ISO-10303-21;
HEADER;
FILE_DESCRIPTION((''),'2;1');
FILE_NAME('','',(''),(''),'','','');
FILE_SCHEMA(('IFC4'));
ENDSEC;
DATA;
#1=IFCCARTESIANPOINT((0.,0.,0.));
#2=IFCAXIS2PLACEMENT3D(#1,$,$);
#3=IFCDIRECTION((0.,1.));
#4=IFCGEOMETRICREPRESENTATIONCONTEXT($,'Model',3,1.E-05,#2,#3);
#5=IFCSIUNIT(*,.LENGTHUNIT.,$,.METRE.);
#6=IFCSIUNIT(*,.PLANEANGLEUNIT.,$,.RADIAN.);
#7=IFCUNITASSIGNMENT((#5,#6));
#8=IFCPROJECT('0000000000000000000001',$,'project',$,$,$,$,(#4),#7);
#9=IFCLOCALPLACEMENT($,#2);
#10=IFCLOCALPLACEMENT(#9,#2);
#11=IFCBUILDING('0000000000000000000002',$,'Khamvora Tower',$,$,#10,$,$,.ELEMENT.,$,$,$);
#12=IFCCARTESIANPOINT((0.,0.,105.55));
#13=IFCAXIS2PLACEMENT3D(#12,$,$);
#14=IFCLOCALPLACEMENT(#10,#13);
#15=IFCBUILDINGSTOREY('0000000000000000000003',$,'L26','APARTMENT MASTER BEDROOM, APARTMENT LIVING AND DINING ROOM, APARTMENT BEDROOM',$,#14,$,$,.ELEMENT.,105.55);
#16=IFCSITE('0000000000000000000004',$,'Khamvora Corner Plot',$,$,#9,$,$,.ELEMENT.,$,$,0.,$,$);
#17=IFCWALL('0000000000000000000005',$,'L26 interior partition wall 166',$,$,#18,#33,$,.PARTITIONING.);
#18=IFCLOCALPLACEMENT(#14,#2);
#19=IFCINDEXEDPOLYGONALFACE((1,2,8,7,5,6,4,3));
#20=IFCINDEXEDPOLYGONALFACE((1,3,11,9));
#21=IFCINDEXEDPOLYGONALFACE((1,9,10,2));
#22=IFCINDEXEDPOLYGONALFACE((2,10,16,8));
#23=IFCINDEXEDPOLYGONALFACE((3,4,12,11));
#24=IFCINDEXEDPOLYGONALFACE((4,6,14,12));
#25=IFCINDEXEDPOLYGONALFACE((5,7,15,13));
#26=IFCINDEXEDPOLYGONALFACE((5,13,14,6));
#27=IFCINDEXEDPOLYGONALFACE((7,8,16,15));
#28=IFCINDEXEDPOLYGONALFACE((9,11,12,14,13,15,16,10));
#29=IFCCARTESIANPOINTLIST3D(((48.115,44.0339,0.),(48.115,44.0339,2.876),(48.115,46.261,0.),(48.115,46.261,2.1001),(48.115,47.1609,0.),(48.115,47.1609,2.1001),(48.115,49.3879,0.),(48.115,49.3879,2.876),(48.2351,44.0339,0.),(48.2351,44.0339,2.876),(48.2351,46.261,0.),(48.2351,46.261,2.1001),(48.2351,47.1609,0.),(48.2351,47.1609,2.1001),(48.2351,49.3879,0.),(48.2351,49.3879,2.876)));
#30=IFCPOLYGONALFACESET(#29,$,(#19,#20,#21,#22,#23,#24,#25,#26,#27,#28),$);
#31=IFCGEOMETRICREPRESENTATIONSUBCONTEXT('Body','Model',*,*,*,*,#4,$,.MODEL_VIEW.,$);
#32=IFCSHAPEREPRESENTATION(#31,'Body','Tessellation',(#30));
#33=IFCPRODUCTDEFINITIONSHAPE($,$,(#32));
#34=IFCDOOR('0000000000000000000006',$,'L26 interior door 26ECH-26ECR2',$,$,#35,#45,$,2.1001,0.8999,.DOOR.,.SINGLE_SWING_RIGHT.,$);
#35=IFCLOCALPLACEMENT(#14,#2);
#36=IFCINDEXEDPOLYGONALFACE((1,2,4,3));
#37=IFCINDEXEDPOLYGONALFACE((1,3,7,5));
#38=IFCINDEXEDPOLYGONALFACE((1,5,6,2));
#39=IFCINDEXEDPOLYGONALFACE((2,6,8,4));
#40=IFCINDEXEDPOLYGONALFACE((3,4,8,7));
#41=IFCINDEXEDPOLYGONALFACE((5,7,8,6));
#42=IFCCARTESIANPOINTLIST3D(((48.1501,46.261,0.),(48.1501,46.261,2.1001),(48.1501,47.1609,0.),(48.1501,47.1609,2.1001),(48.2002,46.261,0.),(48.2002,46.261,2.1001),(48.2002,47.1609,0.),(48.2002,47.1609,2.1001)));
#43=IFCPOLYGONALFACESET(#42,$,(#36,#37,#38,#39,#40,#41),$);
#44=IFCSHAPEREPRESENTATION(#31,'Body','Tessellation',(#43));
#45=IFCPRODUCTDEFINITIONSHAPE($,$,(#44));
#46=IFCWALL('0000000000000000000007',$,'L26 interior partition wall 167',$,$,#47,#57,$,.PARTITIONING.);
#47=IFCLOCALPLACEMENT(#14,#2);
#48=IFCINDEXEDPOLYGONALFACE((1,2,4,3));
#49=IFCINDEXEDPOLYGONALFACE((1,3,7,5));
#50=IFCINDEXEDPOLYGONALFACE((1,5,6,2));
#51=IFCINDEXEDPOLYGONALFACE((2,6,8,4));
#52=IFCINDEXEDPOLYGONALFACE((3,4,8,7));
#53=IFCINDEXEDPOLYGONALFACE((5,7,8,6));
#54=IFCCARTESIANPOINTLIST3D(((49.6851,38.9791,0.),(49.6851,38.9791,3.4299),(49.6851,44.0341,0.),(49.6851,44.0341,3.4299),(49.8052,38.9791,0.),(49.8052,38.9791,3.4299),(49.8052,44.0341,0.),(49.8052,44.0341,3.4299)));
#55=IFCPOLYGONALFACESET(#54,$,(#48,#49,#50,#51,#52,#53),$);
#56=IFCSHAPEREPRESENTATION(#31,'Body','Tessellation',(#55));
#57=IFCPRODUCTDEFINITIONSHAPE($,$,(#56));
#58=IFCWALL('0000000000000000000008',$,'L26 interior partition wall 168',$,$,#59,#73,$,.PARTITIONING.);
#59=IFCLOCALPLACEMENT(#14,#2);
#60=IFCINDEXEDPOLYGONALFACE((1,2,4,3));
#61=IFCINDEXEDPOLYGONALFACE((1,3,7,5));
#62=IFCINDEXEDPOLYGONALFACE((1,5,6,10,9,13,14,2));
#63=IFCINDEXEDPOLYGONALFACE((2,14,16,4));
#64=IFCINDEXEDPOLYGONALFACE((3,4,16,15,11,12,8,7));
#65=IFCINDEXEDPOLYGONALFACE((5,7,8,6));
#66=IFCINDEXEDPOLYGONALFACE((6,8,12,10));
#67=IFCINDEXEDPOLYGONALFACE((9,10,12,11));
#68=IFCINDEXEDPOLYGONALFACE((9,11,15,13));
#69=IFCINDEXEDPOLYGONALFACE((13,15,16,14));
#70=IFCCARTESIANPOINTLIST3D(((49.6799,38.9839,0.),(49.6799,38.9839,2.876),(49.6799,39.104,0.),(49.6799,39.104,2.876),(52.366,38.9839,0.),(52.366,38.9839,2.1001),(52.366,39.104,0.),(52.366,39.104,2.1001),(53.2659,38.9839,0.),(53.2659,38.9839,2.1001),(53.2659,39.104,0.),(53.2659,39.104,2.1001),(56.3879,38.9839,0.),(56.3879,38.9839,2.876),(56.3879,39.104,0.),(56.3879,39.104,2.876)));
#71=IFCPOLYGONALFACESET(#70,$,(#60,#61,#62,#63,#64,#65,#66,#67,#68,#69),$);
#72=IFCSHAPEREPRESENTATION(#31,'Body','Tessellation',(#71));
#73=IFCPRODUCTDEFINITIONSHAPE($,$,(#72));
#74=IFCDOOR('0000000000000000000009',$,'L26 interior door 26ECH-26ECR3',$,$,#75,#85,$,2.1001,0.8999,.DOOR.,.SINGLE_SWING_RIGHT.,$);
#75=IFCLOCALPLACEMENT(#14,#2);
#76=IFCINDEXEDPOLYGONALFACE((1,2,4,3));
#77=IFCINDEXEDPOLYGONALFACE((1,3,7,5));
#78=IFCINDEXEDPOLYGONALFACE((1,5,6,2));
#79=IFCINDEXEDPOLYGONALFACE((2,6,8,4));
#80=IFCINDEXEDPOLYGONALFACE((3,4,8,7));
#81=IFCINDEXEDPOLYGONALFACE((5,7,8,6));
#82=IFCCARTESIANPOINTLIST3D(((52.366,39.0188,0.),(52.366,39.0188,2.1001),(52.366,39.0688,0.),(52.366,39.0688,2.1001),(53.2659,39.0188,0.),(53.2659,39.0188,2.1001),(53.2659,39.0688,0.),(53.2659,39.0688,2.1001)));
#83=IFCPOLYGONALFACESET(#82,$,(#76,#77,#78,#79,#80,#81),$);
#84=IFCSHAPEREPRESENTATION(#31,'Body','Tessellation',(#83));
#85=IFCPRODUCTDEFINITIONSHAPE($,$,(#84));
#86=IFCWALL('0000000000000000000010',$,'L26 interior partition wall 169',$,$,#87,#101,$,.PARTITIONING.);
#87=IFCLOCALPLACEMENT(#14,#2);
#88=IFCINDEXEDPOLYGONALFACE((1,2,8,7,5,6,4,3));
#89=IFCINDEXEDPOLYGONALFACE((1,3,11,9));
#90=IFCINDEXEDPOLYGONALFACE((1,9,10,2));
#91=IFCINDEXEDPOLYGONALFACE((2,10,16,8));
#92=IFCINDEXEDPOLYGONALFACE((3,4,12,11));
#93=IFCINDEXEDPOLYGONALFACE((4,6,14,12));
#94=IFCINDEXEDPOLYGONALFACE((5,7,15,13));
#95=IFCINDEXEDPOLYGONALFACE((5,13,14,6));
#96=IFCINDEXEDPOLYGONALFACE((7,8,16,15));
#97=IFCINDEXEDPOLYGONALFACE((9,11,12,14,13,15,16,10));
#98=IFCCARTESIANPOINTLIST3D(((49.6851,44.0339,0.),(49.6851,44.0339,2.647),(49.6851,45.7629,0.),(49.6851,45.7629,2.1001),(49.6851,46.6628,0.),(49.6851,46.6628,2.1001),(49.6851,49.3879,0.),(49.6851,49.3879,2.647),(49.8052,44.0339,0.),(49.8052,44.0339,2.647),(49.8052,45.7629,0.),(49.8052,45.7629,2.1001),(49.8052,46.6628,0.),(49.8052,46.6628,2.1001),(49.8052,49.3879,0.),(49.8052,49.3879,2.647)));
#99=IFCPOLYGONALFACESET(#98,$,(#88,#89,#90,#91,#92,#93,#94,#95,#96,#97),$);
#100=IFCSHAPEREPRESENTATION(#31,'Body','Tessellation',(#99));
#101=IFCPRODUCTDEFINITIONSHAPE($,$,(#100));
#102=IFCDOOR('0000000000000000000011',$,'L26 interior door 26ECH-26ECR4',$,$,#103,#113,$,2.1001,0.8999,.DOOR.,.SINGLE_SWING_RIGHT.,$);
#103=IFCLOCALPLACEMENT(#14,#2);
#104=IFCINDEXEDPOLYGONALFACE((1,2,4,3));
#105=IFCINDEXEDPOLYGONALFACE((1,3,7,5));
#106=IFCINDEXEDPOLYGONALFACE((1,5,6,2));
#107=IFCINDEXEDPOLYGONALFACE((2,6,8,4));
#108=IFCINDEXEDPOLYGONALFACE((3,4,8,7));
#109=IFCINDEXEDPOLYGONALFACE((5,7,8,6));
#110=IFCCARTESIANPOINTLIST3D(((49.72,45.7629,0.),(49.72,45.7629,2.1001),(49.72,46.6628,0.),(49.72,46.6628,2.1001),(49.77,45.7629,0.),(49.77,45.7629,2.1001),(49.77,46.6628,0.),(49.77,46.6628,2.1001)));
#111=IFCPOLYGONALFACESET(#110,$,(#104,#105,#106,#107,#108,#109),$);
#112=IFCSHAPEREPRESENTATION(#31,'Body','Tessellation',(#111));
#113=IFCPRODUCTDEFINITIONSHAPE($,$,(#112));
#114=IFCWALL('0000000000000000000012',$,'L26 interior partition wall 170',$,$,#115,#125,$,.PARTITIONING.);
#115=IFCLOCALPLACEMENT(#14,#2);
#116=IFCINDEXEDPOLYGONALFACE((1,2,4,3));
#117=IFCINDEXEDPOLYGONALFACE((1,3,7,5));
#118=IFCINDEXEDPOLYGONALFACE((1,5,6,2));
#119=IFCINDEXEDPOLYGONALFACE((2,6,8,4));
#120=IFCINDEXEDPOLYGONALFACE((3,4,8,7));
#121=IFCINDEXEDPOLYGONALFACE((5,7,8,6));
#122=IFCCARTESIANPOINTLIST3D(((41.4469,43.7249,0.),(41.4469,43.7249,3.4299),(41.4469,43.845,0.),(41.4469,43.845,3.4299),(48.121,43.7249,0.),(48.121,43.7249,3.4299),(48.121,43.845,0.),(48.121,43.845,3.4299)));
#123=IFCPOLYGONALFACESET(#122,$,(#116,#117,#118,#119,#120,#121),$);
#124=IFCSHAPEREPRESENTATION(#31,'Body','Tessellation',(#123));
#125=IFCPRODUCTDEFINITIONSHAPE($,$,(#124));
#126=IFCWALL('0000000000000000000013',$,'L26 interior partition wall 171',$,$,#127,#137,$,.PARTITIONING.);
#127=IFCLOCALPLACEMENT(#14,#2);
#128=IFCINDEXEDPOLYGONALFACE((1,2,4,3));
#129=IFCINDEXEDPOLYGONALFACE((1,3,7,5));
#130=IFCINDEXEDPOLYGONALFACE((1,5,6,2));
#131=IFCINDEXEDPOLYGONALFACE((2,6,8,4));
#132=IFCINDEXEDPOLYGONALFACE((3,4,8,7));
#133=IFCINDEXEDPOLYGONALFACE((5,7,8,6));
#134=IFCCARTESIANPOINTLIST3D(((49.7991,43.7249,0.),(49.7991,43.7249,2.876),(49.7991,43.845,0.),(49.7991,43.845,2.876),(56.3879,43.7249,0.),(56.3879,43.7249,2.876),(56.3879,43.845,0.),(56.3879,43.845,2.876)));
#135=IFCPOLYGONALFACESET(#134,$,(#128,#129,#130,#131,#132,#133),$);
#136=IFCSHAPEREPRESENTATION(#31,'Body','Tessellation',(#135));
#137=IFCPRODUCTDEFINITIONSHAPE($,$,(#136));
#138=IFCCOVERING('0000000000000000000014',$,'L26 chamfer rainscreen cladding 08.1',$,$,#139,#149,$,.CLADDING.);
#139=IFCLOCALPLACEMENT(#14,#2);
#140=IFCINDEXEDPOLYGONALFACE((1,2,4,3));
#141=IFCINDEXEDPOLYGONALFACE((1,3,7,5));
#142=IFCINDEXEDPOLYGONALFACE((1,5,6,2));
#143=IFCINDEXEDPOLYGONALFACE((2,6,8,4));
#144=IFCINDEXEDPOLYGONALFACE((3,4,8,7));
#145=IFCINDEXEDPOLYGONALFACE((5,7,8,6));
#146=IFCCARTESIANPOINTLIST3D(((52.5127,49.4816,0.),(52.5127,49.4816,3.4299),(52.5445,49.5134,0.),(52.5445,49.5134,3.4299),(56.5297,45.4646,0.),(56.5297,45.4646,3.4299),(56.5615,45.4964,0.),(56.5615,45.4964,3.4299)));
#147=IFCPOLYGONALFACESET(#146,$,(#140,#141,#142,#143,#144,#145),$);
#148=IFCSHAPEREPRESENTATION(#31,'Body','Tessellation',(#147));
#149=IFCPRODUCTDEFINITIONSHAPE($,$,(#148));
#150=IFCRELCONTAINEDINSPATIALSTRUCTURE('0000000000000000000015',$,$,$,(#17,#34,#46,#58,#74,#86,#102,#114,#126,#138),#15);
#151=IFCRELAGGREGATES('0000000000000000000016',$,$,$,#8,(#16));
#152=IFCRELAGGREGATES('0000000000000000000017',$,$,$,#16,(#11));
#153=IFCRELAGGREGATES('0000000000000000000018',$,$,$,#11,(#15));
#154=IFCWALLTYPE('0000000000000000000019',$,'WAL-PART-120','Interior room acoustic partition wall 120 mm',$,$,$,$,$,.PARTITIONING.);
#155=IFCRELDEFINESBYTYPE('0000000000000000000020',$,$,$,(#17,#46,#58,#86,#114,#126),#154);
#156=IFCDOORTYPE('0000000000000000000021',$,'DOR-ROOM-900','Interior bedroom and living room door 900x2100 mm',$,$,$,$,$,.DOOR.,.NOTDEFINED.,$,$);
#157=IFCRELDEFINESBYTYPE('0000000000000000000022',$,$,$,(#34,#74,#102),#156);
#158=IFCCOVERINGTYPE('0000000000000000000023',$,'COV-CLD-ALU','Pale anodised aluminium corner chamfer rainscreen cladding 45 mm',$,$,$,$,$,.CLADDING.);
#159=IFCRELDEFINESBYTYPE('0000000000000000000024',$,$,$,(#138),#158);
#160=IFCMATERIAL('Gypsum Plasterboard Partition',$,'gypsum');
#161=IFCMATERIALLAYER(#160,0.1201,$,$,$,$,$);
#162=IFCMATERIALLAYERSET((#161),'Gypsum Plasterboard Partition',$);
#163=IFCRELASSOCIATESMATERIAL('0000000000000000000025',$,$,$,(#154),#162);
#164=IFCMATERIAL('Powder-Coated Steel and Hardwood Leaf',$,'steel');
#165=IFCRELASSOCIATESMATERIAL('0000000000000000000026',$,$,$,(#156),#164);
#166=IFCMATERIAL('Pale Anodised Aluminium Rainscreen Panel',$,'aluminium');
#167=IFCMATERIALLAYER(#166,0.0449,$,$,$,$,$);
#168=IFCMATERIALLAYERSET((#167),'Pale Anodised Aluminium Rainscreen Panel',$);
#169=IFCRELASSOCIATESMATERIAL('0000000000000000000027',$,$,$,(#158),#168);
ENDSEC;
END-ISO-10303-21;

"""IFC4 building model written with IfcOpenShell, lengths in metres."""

from ifc_helpers import new_model, si_unit, direction, frame, frame_2d, origin, origin_2d, place, context, subcontext, project, spatial, rectangle, extrude, material, layer, layer_set, type_object, element, fill, save


model = new_model("IFC4")

# Units and contexts
model_context = context("Model", 3, precision=1e-05, world=origin(), true_north=direction((0.0, 1.0)))
body_context = subcontext(model_context, "Body", "Model", "MODEL_VIEW")
ifc_project = project(units=[si_unit("LENGTHUNIT", "METRE"), si_unit("PLANEANGLEUNIT", "RADIAN")], contexts=[model_context])

# Site, building, storey
site_placement = place(None, origin())
site = spatial("IfcSite", under=ifc_project, at=site_placement, Name="Khamvora Corner Plot", CompositionType="ELEMENT", RefElevation=0.0)
building_placement = place(site_placement, origin())
building = spatial("IfcBuilding", under=site, at=building_placement, Name="Khamvora Tower", CompositionType="ELEMENT")
storey_placement = place(building_placement, frame((0.0, 0.0, 105.55)))
storey = spatial("IfcBuildingStorey", under=building, at=storey_placement, Name="L26", Description="APARTMENT MASTER BEDROOM, APARTMENT LIVING AND DINING ROOM, APARTMENT BEDROOM", CompositionType="ELEMENT", Elevation=105.55)

# Shared definitions
ifc_material_1 = material(Name="Gypsum Plasterboard Partition", Category="gypsum")
ifc_layer_1 = layer(ifc_material_1, 0.1201)
ifc_layer_set_1 = layer_set([ifc_layer_1], Name="Gypsum Plasterboard Partition")
wall_type_1 = type_object("IfcWallType", Name="WAL-PART-120", Description="Interior room acoustic partition wall 120 mm", PredefinedType="PARTITIONING", material=ifc_layer_set_1)
ifc_material_2 = material(Name="Powder-Coated Steel and Hardwood Leaf", Category="steel")
door_type = type_object("IfcDoorType", Name="DOR-ROOM-900", Description="Interior bedroom and living room door 900x2100 mm", OperationType="NOTDEFINED", PredefinedType="DOOR", material=ifc_material_2)

# Wall, opening, door
wall_1_placement = place(storey_placement, frame((48.175, 44.0339, 0.0), z_axis=(0.0, 0.0, 1.0), x_axis=(0.0, 1.0, 0.0)))
wall_1 = element("IfcWall", 1, at=wall_1_placement, inside=storey, type_object=wall_type_1, Name="L26 interior partition wall 166", PredefinedType="PARTITIONING", context=body_context, shape_type="SweptSolid", body=[
    extrude(rectangle(XDim=5.354, YDim=0.1201, at=frame_2d((2.677, 0.0))), origin(), (0.0, 0.0, 1.0), 2.876),
])
opening_1_placement = place(wall_1_placement, frame((2.2271, 0.0, 0.0)))
opening_1 = element("IfcOpeningElement", 2, at=opening_1_placement, cuts=wall_1, PredefinedType="OPENING", context=body_context, shape_type="SweptSolid", body=[
    extrude(rectangle(XDim=0.8999, YDim=2.1001, at=frame_2d((0.45, 1.05))), frame((0.0, 0.0701, 0.0), z_axis=(0.0, -1.0, 0.0), x_axis=(1.0, 0.0, 0.0)), (0.0, 0.0, 1.0), 0.1401),
])
door_1_placement = place(opening_1_placement, origin())
door_1 = element("IfcDoor", 3, at=door_1_placement, inside=storey, type_object=door_type, Name="L26 interior door 26ECH-26ECR2", OperationType="SINGLE_SWING_RIGHT", OverallHeight=2.1001, OverallWidth=0.8999, PredefinedType="DOOR", context=body_context, shape_type="SweptSolid", body=[
    extrude(rectangle(XDim=0.8999, YDim=2.1001, at=frame_2d((0.45, 1.05))), frame((0.0, 0.0249, 0.0), z_axis=(0.0, -1.0, 0.0), x_axis=(1.0, 0.0, 0.0)), (0.0, 0.0, 1.0), 0.05),
])
fill(opening_1, door_1)

# Wall
wall_2_placement = place(storey_placement, frame((49.7451, 44.0339, 0.0), z_axis=(0.0, 0.0, 1.0), x_axis=(0.0, -1.0, 0.0)))
element("IfcWall", 4, at=wall_2_placement, inside=storey, type_object=wall_type_1, Name="L26 interior partition wall 167", PredefinedType="PARTITIONING", context=body_context, shape_type="SweptSolid", body=[
    extrude(rectangle(XDim=5.0549, YDim=0.1201, at=frame_2d((2.5273, 0.0))), origin(), (0.0, 0.0, 1.0), 3.4299),
])

# Walls, openings, doors
wall_3_placement = place(storey_placement, frame((49.6799, 39.0439, 0.0), z_axis=(0.0, 0.0, 1.0), x_axis=(1.0, 0.0, 0.0)))
wall_3 = element("IfcWall", 5, at=wall_3_placement, inside=storey, type_object=wall_type_1, Name="L26 interior partition wall 168", PredefinedType="PARTITIONING", context=body_context, shape_type="SweptSolid", body=[
    extrude(rectangle(XDim=6.708, YDim=0.1201, at=frame_2d((3.354, 0.0))), origin(), (0.0, 0.0, 1.0), 2.876),
])
opening_2_placement = place(wall_3_placement, frame((2.686, 0.0, 0.0)))
opening_2 = element("IfcOpeningElement", 6, at=opening_2_placement, cuts=wall_3, PredefinedType="OPENING", context=body_context, shape_type="SweptSolid", body=[
    extrude(rectangle(XDim=0.8999, YDim=2.1001, at=frame_2d((0.45, 1.05))), frame((0.0, 0.0701, 0.0), z_axis=(0.0, -1.0, 0.0), x_axis=(1.0, 0.0, 0.0)), (0.0, 0.0, 1.0), 0.1401),
])
door_2_placement = place(opening_2_placement, origin())
door_2 = element("IfcDoor", 7, at=door_2_placement, inside=storey, type_object=door_type, Name="L26 interior door 26ECH-26ECR3", OperationType="SINGLE_SWING_RIGHT", OverallHeight=2.1001, OverallWidth=0.8999, PredefinedType="DOOR", context=body_context, shape_type="SweptSolid", body=[
    extrude(rectangle(XDim=0.8999, YDim=2.1001, at=frame_2d((0.45, 1.05))), frame((0.0, 0.0249, 0.0), z_axis=(0.0, -1.0, 0.0), x_axis=(1.0, 0.0, 0.0)), (0.0, 0.0, 1.0), 0.05),
])
fill(opening_2, door_2)
wall_4_placement = place(storey_placement, frame((49.7451, 49.3879, 0.0), z_axis=(0.0, 0.0, 1.0), x_axis=(0.0, -1.0, 0.0)))
wall_4 = element("IfcWall", 8, at=wall_4_placement, inside=storey, type_object=wall_type_1, Name="L26 interior partition wall 169", PredefinedType="PARTITIONING", context=body_context, shape_type="SweptSolid", body=[
    extrude(rectangle(XDim=5.354, YDim=0.1201, at=frame_2d((2.677, 0.0))), origin(), (0.0, 0.0, 1.0), 2.647),
])
opening_3_placement = place(wall_4_placement, frame((2.7251, 0.0, 0.0)))
opening_3 = element("IfcOpeningElement", 9, at=opening_3_placement, cuts=wall_4, PredefinedType="OPENING", context=body_context, shape_type="SweptSolid", body=[
    extrude(rectangle(XDim=0.8999, YDim=2.1001, at=frame_2d((0.45, 1.05))), frame((0.0, 0.0701, 0.0), z_axis=(0.0, -1.0, 0.0), x_axis=(1.0, 0.0, 0.0)), (0.0, 0.0, 1.0), 0.1401),
])
door_3_placement = place(opening_3_placement, origin())
door_3 = element("IfcDoor", 10, at=door_3_placement, inside=storey, type_object=door_type, Name="L26 interior door 26ECH-26ECR4", OperationType="SINGLE_SWING_RIGHT", OverallHeight=2.1001, OverallWidth=0.8999, PredefinedType="DOOR", context=body_context, shape_type="SweptSolid", body=[
    extrude(rectangle(XDim=0.8999, YDim=2.1001, at=frame_2d((0.45, 1.05))), frame((0.0, 0.0249, 0.0), z_axis=(0.0, -1.0, 0.0), x_axis=(1.0, 0.0, 0.0)), (0.0, 0.0, 1.0), 0.05),
])
fill(opening_3, door_3)

# Walls
wall_5_placement = place(storey_placement, frame((41.447, 43.7849, 0.0), z_axis=(0.0, 0.0, 1.0), x_axis=(1.0, 0.0, 0.0)))
element("IfcWall", 11, at=wall_5_placement, inside=storey, type_object=wall_type_1, Name="L26 interior partition wall 170", PredefinedType="PARTITIONING", context=body_context, shape_type="SweptSolid", body=[
    extrude(rectangle(XDim=6.6741, YDim=0.1201, at=frame_2d((3.3369, 0.0))), origin(), (0.0, 0.0, 1.0), 3.4299),
])
wall_6_placement = place(storey_placement, frame((49.7991, 43.7849, 0.0), z_axis=(0.0, 0.0, 1.0), x_axis=(1.0, 0.0, 0.0)))
element("IfcWall", 12, at=wall_6_placement, inside=storey, type_object=wall_type_1, Name="L26 interior partition wall 171", PredefinedType="PARTITIONING", context=body_context, shape_type="SweptSolid", body=[
    extrude(rectangle(XDim=6.5889, YDim=0.1201, at=frame_2d((3.2944, 0.0))), origin(), (0.0, 0.0, 1.0), 2.876),
])

# Covering
ifc_material_3 = material(Name="Pale Anodised Aluminium Rainscreen Panel", Category="aluminium")
ifc_layer_2 = layer(ifc_material_3, 0.0449)
ifc_layer_set_2 = layer_set([ifc_layer_2], Name="Pale Anodised Aluminium Rainscreen Panel")
covering_type = type_object("IfcCoveringType", Name="COV-CLD-ALU", Description="Pale anodised aluminium corner chamfer rainscreen cladding 45 mm", PredefinedType="CLADDING", material=ifc_layer_set_2)
covering_placement = place(storey_placement, frame((54.5371, 47.489, 0.0), z_axis=(0.0, 0.0, 1.0), x_axis=(0.707107, -0.707107, 0.0)))
element("IfcCovering", 13, at=covering_placement, inside=storey, type_object=covering_type, Name="L26 chamfer rainscreen cladding 08.1", PredefinedType="CLADDING", context=body_context, shape_type="SweptSolid", body=[
    extrude(rectangle(XDim=5.6809, YDim=0.0449, at=origin_2d()), origin(), (0.0, 0.0, 1.0), 3.4299),
])

save(model, "model.ifc")
